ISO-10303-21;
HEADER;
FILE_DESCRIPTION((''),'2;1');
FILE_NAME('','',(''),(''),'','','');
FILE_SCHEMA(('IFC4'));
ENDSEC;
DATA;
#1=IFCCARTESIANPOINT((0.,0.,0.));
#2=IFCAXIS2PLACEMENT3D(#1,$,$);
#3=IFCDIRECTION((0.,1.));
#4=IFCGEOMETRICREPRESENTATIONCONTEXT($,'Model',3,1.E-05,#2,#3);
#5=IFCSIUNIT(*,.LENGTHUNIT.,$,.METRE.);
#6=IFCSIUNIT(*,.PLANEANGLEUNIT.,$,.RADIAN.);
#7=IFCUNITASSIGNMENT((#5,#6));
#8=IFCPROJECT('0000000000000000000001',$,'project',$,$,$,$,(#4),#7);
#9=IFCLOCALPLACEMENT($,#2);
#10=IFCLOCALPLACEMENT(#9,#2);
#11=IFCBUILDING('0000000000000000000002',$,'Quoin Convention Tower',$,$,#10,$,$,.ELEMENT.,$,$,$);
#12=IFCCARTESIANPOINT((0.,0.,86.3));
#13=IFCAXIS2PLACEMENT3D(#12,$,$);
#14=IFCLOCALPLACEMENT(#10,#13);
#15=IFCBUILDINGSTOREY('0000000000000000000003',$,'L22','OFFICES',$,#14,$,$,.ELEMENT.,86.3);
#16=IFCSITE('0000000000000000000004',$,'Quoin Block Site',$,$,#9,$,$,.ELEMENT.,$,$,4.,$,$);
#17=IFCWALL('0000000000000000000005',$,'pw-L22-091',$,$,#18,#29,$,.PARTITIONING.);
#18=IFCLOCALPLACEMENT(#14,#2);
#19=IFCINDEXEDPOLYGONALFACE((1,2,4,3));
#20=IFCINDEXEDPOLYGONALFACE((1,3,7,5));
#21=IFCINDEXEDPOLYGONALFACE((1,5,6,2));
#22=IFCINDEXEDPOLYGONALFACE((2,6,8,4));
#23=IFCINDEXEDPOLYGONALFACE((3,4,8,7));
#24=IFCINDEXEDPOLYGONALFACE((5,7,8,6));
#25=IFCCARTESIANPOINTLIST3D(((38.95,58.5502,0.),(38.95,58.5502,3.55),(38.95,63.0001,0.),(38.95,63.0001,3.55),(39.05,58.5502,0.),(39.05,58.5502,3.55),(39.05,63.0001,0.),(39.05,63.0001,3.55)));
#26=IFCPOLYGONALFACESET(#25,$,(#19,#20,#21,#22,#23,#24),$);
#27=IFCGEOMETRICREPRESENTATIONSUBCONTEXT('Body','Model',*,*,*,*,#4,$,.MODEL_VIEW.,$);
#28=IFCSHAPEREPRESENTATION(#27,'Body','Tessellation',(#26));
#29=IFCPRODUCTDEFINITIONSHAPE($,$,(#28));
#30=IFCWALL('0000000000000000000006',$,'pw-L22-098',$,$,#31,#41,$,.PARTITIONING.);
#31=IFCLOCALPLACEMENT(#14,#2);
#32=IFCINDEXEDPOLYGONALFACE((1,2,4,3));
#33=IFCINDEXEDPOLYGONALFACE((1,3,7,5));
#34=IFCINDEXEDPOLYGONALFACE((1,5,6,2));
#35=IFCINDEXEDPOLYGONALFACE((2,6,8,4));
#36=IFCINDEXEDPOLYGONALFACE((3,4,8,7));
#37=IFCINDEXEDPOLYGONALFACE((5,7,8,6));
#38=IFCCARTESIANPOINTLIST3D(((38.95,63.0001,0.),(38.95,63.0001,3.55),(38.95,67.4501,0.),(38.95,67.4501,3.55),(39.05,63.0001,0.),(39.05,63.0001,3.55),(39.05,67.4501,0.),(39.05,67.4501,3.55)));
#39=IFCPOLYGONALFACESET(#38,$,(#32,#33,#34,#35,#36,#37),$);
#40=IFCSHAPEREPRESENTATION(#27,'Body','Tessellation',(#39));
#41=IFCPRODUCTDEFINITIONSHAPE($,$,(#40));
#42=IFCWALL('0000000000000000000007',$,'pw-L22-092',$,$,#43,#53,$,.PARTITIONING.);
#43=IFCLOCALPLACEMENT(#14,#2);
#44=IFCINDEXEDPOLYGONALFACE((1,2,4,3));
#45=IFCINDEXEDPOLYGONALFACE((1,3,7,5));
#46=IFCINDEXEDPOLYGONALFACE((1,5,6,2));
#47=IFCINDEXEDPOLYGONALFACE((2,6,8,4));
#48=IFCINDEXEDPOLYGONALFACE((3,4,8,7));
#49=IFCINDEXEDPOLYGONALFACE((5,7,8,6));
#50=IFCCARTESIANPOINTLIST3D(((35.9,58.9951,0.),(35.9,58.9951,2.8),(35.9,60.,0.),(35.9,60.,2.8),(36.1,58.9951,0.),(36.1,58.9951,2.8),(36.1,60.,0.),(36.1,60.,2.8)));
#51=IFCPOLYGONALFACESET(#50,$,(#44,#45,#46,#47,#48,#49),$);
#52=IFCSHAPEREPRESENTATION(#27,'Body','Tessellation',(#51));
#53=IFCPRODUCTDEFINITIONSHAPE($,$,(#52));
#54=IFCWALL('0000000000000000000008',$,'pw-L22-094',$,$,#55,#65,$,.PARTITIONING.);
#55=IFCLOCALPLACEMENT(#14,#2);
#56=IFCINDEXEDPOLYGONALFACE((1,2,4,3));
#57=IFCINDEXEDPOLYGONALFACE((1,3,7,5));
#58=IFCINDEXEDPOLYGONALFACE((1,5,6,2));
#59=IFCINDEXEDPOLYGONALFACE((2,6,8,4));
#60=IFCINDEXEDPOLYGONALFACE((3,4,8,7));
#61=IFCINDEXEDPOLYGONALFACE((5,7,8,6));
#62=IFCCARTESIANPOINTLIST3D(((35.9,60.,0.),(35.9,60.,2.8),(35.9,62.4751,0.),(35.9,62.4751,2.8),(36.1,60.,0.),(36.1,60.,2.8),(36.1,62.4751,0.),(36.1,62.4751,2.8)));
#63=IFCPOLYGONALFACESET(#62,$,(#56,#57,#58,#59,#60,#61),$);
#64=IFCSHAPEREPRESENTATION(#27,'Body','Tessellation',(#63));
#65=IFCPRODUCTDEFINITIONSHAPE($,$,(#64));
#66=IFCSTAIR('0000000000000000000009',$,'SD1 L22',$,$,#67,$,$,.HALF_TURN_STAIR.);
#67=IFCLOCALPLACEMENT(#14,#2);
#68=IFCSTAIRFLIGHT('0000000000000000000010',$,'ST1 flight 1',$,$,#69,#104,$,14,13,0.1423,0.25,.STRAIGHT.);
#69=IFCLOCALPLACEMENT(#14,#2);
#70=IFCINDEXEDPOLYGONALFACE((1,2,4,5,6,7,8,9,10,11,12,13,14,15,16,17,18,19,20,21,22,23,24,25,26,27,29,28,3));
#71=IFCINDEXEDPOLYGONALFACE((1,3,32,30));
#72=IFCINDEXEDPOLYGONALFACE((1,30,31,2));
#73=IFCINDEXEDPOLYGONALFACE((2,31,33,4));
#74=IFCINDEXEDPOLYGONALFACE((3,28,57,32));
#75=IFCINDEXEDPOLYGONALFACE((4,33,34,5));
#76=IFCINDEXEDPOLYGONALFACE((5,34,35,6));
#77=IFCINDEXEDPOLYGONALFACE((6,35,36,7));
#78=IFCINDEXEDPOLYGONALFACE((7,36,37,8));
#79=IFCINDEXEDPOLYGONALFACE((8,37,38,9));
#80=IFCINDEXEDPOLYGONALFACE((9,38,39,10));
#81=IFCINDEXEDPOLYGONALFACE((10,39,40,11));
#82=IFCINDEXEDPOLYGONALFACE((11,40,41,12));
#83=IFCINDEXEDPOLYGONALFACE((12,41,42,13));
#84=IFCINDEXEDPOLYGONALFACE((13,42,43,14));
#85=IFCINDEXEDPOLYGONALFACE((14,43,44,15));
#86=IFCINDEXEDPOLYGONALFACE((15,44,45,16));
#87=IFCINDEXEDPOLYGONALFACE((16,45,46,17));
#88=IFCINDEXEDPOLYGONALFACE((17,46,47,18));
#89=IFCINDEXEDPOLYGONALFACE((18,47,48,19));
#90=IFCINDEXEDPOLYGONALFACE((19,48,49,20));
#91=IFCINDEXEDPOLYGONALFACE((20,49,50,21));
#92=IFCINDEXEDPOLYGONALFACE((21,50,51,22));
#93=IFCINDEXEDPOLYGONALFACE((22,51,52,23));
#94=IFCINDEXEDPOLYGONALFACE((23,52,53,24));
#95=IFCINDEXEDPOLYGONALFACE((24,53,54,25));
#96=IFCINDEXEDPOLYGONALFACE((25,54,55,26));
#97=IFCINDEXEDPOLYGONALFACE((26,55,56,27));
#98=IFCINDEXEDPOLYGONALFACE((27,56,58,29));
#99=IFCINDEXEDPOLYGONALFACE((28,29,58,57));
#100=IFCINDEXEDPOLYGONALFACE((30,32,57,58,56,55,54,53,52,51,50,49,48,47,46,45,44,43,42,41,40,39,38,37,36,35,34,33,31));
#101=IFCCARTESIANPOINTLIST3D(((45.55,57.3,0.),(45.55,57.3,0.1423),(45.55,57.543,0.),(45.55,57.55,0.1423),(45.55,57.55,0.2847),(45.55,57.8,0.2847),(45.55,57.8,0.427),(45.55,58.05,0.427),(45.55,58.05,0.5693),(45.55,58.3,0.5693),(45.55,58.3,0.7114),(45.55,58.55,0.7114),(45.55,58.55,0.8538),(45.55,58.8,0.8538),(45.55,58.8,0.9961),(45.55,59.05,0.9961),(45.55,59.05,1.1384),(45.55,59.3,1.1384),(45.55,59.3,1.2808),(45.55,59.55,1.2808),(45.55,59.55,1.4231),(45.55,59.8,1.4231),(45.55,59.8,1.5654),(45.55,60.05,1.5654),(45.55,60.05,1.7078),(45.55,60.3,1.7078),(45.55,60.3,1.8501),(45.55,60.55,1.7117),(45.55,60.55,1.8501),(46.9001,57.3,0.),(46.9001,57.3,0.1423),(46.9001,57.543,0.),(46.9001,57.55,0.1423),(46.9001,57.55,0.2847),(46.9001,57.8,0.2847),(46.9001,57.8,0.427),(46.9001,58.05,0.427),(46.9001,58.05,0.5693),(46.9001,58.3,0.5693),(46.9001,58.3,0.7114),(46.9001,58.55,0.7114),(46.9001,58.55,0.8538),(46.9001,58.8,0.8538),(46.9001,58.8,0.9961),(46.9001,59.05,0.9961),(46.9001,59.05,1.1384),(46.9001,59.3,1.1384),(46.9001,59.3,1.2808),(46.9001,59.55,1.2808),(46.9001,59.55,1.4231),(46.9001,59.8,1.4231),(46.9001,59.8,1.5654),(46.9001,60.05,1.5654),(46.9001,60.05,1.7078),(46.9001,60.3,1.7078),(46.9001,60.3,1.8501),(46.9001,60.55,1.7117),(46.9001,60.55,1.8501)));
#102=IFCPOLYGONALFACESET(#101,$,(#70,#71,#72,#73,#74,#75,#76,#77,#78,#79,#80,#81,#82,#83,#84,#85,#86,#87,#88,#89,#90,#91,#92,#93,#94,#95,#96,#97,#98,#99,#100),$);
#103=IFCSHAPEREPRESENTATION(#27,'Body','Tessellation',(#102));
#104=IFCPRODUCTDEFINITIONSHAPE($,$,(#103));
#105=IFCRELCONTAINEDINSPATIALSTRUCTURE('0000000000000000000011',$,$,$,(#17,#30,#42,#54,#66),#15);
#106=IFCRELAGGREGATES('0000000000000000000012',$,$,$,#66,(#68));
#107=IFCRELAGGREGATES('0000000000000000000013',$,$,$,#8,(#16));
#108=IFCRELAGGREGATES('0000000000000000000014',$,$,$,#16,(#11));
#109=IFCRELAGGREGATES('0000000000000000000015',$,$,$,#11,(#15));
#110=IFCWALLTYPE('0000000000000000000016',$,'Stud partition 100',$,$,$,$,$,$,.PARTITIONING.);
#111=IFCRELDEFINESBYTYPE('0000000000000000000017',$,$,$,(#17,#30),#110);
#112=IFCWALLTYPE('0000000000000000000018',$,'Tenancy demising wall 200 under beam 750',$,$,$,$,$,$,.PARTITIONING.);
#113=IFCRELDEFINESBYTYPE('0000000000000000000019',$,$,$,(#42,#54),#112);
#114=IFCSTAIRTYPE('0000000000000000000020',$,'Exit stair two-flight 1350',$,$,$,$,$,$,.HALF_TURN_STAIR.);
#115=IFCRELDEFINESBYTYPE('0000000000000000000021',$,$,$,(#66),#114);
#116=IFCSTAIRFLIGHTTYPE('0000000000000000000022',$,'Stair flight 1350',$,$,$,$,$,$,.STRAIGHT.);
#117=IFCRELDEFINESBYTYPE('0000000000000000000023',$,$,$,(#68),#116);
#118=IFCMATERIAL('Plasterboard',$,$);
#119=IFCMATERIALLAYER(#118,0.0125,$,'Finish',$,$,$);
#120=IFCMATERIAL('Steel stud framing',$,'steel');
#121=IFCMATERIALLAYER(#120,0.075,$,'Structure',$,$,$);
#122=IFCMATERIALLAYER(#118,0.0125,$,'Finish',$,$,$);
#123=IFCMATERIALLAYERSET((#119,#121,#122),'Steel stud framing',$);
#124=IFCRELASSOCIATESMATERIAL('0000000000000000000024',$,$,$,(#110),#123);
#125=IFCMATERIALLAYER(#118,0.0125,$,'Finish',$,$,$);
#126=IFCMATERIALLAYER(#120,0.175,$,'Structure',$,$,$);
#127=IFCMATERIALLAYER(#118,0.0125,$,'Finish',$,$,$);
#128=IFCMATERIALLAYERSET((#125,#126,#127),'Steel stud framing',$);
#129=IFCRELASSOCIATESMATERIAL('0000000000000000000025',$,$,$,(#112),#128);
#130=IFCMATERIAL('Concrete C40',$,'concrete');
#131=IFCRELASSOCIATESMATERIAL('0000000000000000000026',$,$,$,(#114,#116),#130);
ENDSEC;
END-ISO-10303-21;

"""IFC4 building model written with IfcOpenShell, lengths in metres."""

from ifc_helpers import new_model, si_unit, direction, frame, frame_2d, origin, place, context, subcontext, project, spatial, polyline, rectangle, outline, extrude, material, layer, layer_set, type_object, element, aggregate, save


model = new_model("IFC4")

# Units and contexts
model_context = context("Model", 3, precision=1e-05, world=origin(), true_north=direction((0.0, 1.0)))
body_context = subcontext(model_context, "Body", "Model", "MODEL_VIEW")
ifc_project = project(units=[si_unit("LENGTHUNIT", "METRE"), si_unit("PLANEANGLEUNIT", "RADIAN")], contexts=[model_context])

# Site, building, storey
site_placement = place(None, origin())
site = spatial("IfcSite", under=ifc_project, at=site_placement, Name="Quoin Block Site", CompositionType="ELEMENT", RefElevation=4.0)
building_placement = place(site_placement, origin())
building = spatial("IfcBuilding", under=site, at=building_placement, Name="Quoin Convention Tower", CompositionType="ELEMENT")
storey_placement = place(building_placement, frame((0.0, 0.0, 86.3)))
storey = spatial("IfcBuildingStorey", under=building, at=storey_placement, Name="L22", Description="OFFICES", CompositionType="ELEMENT", Elevation=86.3)

# Shared definitions
ifc_material_1 = material(Name="Plasterboard")
ifc_material_2 = material(Name="Steel stud framing", Category="steel")

# Shared definitions
ifc_layer_1 = layer(ifc_material_1, 0.0125, Name="Finish")
ifc_layer_2 = layer(ifc_material_2, 0.075, Name="Structure")
ifc_layer_3 = layer(ifc_material_1, 0.0125, Name="Finish")
ifc_layer_set_1 = layer_set([ifc_layer_1, ifc_layer_2, ifc_layer_3], Name="Steel stud framing")
wall_type_1 = type_object("IfcWallType", Name="Stud partition 100", PredefinedType="PARTITIONING", material=ifc_layer_set_1)

# Walls
for number, where, z_axis, x_axis, name in (
    (1, (39.0, 58.55, 0.0), (0.0, 0.0, 1.0), (0.0, 1.0, 0.0), "pw-L22-091"),
    (2, (39.0, 63.0, 0.0), (0.0, 0.0, 1.0), (0.0, 1.0, 0.0), "pw-L22-098"),
):
    element("IfcWall", number, at=place(storey_placement, frame(where, z_axis=z_axis, x_axis=x_axis)), inside=storey, type_object=wall_type_1, Name=name, PredefinedType="PARTITIONING", context=body_context, shape_type="SweptSolid", body=[
        extrude(rectangle(XDim=4.45, YDim=0.1001, at=frame_2d((2.2251, 0.0))), origin(), (0.0, 0.0, 1.0), 3.55),
    ])
ifc_layer_4 = layer(ifc_material_1, 0.0125, Name="Finish")
ifc_layer_5 = layer(ifc_material_2, 0.175, Name="Structure")
ifc_layer_6 = layer(ifc_material_1, 0.0125, Name="Finish")
ifc_layer_set_2 = layer_set([ifc_layer_4, ifc_layer_5, ifc_layer_6], Name="Steel stud framing")
wall_type_2 = type_object("IfcWallType", Name="Tenancy demising wall 200 under beam 750", PredefinedType="PARTITIONING", material=ifc_layer_set_2)
wall_1_placement = place(storey_placement, frame((36.0, 58.9951, 0.0), z_axis=(0.0, 0.0, 1.0), x_axis=(0.0, 1.0, 0.0)))
element("IfcWall", 3, at=wall_1_placement, inside=storey, type_object=wall_type_2, Name="pw-L22-092", PredefinedType="PARTITIONING", context=body_context, shape_type="SweptSolid", body=[
    extrude(rectangle(XDim=1.0049, YDim=0.2, at=frame_2d((0.5024, 0.0))), origin(), (0.0, 0.0, 1.0), 2.8),
])
wall_2_placement = place(storey_placement, frame((36.0, 60.0, 0.0), z_axis=(0.0, 0.0, 1.0), x_axis=(0.0, 1.0, 0.0)))
element("IfcWall", 4, at=wall_2_placement, inside=storey, type_object=wall_type_2, Name="pw-L22-094", PredefinedType="PARTITIONING", context=body_context, shape_type="SweptSolid", body=[
    extrude(rectangle(XDim=2.4751, YDim=0.2, at=frame_2d((1.2375, 0.0))), origin(), (0.0, 0.0, 1.0), 2.8),
])

# Stair, stair flight
ifc_material_3 = material(Name="Concrete C40", Category="concrete")
stair_type = type_object("IfcStairType", Name="Exit stair two-flight 1350", PredefinedType="HALF_TURN_STAIR", material=ifc_material_3)
stair_placement = place(storey_placement, origin())
stair = element("IfcStair", 5, at=stair_placement, inside=storey, type_object=stair_type, Name="SD1 L22", PredefinedType="HALF_TURN_STAIR")
stair_flight_type = type_object("IfcStairFlightType", Name="Stair flight 1350", PredefinedType="STRAIGHT", material=ifc_material_3)
stair_flight_placement = place(storey_placement, frame((46.2251, 57.3, 0.0), z_axis=(0.0, 0.0, 1.0), x_axis=(0.0, 1.0, 0.0)))
stair_flight = element("IfcStairFlight", 6, at=stair_flight_placement, type_object=stair_flight_type, Name="ST1 flight 1", NumberOfRisers=14, NumberOfTreads=13, PredefinedType="STRAIGHT", RiserHeight=0.1423, TreadLength=0.25, context=body_context, shape_type="SweptSolid", body=[
    extrude(outline(polyline([(0.0, 0.0), (0.0, 0.1423), (0.25, 0.1423), (0.25, 0.2847), (0.5, 0.2847), (0.5, 0.427), (0.75, 0.427), (0.75, 0.5693), (1.0, 0.5693), (1.0, 0.7114), (1.25, 0.7114), (1.25, 0.8538), (1.5, 0.8538), (1.5, 0.9961), (1.75, 0.9961), (1.75, 1.1384), (2.0, 1.1384), (2.0, 1.2808), (2.25, 1.2808), (2.25, 1.4231), (2.5, 1.4231), (2.5, 1.5654), (2.75, 1.5654), (2.75, 1.7078), (3.0, 1.7078), (3.0, 1.8501), (3.25, 1.8501), (3.25, 1.9922), (3.25, 1.7117), (0.2429, 0.0), (0.0, 0.0)])), frame((0.0, 0.675, 0.0), z_axis=(0.0, -1.0, 0.0), x_axis=(1.0, 0.0, 0.0)), (0.0, 0.0, 1.0), 1.3501),
])
aggregate(stair, [stair_flight])

save(model, "model.ifc")
